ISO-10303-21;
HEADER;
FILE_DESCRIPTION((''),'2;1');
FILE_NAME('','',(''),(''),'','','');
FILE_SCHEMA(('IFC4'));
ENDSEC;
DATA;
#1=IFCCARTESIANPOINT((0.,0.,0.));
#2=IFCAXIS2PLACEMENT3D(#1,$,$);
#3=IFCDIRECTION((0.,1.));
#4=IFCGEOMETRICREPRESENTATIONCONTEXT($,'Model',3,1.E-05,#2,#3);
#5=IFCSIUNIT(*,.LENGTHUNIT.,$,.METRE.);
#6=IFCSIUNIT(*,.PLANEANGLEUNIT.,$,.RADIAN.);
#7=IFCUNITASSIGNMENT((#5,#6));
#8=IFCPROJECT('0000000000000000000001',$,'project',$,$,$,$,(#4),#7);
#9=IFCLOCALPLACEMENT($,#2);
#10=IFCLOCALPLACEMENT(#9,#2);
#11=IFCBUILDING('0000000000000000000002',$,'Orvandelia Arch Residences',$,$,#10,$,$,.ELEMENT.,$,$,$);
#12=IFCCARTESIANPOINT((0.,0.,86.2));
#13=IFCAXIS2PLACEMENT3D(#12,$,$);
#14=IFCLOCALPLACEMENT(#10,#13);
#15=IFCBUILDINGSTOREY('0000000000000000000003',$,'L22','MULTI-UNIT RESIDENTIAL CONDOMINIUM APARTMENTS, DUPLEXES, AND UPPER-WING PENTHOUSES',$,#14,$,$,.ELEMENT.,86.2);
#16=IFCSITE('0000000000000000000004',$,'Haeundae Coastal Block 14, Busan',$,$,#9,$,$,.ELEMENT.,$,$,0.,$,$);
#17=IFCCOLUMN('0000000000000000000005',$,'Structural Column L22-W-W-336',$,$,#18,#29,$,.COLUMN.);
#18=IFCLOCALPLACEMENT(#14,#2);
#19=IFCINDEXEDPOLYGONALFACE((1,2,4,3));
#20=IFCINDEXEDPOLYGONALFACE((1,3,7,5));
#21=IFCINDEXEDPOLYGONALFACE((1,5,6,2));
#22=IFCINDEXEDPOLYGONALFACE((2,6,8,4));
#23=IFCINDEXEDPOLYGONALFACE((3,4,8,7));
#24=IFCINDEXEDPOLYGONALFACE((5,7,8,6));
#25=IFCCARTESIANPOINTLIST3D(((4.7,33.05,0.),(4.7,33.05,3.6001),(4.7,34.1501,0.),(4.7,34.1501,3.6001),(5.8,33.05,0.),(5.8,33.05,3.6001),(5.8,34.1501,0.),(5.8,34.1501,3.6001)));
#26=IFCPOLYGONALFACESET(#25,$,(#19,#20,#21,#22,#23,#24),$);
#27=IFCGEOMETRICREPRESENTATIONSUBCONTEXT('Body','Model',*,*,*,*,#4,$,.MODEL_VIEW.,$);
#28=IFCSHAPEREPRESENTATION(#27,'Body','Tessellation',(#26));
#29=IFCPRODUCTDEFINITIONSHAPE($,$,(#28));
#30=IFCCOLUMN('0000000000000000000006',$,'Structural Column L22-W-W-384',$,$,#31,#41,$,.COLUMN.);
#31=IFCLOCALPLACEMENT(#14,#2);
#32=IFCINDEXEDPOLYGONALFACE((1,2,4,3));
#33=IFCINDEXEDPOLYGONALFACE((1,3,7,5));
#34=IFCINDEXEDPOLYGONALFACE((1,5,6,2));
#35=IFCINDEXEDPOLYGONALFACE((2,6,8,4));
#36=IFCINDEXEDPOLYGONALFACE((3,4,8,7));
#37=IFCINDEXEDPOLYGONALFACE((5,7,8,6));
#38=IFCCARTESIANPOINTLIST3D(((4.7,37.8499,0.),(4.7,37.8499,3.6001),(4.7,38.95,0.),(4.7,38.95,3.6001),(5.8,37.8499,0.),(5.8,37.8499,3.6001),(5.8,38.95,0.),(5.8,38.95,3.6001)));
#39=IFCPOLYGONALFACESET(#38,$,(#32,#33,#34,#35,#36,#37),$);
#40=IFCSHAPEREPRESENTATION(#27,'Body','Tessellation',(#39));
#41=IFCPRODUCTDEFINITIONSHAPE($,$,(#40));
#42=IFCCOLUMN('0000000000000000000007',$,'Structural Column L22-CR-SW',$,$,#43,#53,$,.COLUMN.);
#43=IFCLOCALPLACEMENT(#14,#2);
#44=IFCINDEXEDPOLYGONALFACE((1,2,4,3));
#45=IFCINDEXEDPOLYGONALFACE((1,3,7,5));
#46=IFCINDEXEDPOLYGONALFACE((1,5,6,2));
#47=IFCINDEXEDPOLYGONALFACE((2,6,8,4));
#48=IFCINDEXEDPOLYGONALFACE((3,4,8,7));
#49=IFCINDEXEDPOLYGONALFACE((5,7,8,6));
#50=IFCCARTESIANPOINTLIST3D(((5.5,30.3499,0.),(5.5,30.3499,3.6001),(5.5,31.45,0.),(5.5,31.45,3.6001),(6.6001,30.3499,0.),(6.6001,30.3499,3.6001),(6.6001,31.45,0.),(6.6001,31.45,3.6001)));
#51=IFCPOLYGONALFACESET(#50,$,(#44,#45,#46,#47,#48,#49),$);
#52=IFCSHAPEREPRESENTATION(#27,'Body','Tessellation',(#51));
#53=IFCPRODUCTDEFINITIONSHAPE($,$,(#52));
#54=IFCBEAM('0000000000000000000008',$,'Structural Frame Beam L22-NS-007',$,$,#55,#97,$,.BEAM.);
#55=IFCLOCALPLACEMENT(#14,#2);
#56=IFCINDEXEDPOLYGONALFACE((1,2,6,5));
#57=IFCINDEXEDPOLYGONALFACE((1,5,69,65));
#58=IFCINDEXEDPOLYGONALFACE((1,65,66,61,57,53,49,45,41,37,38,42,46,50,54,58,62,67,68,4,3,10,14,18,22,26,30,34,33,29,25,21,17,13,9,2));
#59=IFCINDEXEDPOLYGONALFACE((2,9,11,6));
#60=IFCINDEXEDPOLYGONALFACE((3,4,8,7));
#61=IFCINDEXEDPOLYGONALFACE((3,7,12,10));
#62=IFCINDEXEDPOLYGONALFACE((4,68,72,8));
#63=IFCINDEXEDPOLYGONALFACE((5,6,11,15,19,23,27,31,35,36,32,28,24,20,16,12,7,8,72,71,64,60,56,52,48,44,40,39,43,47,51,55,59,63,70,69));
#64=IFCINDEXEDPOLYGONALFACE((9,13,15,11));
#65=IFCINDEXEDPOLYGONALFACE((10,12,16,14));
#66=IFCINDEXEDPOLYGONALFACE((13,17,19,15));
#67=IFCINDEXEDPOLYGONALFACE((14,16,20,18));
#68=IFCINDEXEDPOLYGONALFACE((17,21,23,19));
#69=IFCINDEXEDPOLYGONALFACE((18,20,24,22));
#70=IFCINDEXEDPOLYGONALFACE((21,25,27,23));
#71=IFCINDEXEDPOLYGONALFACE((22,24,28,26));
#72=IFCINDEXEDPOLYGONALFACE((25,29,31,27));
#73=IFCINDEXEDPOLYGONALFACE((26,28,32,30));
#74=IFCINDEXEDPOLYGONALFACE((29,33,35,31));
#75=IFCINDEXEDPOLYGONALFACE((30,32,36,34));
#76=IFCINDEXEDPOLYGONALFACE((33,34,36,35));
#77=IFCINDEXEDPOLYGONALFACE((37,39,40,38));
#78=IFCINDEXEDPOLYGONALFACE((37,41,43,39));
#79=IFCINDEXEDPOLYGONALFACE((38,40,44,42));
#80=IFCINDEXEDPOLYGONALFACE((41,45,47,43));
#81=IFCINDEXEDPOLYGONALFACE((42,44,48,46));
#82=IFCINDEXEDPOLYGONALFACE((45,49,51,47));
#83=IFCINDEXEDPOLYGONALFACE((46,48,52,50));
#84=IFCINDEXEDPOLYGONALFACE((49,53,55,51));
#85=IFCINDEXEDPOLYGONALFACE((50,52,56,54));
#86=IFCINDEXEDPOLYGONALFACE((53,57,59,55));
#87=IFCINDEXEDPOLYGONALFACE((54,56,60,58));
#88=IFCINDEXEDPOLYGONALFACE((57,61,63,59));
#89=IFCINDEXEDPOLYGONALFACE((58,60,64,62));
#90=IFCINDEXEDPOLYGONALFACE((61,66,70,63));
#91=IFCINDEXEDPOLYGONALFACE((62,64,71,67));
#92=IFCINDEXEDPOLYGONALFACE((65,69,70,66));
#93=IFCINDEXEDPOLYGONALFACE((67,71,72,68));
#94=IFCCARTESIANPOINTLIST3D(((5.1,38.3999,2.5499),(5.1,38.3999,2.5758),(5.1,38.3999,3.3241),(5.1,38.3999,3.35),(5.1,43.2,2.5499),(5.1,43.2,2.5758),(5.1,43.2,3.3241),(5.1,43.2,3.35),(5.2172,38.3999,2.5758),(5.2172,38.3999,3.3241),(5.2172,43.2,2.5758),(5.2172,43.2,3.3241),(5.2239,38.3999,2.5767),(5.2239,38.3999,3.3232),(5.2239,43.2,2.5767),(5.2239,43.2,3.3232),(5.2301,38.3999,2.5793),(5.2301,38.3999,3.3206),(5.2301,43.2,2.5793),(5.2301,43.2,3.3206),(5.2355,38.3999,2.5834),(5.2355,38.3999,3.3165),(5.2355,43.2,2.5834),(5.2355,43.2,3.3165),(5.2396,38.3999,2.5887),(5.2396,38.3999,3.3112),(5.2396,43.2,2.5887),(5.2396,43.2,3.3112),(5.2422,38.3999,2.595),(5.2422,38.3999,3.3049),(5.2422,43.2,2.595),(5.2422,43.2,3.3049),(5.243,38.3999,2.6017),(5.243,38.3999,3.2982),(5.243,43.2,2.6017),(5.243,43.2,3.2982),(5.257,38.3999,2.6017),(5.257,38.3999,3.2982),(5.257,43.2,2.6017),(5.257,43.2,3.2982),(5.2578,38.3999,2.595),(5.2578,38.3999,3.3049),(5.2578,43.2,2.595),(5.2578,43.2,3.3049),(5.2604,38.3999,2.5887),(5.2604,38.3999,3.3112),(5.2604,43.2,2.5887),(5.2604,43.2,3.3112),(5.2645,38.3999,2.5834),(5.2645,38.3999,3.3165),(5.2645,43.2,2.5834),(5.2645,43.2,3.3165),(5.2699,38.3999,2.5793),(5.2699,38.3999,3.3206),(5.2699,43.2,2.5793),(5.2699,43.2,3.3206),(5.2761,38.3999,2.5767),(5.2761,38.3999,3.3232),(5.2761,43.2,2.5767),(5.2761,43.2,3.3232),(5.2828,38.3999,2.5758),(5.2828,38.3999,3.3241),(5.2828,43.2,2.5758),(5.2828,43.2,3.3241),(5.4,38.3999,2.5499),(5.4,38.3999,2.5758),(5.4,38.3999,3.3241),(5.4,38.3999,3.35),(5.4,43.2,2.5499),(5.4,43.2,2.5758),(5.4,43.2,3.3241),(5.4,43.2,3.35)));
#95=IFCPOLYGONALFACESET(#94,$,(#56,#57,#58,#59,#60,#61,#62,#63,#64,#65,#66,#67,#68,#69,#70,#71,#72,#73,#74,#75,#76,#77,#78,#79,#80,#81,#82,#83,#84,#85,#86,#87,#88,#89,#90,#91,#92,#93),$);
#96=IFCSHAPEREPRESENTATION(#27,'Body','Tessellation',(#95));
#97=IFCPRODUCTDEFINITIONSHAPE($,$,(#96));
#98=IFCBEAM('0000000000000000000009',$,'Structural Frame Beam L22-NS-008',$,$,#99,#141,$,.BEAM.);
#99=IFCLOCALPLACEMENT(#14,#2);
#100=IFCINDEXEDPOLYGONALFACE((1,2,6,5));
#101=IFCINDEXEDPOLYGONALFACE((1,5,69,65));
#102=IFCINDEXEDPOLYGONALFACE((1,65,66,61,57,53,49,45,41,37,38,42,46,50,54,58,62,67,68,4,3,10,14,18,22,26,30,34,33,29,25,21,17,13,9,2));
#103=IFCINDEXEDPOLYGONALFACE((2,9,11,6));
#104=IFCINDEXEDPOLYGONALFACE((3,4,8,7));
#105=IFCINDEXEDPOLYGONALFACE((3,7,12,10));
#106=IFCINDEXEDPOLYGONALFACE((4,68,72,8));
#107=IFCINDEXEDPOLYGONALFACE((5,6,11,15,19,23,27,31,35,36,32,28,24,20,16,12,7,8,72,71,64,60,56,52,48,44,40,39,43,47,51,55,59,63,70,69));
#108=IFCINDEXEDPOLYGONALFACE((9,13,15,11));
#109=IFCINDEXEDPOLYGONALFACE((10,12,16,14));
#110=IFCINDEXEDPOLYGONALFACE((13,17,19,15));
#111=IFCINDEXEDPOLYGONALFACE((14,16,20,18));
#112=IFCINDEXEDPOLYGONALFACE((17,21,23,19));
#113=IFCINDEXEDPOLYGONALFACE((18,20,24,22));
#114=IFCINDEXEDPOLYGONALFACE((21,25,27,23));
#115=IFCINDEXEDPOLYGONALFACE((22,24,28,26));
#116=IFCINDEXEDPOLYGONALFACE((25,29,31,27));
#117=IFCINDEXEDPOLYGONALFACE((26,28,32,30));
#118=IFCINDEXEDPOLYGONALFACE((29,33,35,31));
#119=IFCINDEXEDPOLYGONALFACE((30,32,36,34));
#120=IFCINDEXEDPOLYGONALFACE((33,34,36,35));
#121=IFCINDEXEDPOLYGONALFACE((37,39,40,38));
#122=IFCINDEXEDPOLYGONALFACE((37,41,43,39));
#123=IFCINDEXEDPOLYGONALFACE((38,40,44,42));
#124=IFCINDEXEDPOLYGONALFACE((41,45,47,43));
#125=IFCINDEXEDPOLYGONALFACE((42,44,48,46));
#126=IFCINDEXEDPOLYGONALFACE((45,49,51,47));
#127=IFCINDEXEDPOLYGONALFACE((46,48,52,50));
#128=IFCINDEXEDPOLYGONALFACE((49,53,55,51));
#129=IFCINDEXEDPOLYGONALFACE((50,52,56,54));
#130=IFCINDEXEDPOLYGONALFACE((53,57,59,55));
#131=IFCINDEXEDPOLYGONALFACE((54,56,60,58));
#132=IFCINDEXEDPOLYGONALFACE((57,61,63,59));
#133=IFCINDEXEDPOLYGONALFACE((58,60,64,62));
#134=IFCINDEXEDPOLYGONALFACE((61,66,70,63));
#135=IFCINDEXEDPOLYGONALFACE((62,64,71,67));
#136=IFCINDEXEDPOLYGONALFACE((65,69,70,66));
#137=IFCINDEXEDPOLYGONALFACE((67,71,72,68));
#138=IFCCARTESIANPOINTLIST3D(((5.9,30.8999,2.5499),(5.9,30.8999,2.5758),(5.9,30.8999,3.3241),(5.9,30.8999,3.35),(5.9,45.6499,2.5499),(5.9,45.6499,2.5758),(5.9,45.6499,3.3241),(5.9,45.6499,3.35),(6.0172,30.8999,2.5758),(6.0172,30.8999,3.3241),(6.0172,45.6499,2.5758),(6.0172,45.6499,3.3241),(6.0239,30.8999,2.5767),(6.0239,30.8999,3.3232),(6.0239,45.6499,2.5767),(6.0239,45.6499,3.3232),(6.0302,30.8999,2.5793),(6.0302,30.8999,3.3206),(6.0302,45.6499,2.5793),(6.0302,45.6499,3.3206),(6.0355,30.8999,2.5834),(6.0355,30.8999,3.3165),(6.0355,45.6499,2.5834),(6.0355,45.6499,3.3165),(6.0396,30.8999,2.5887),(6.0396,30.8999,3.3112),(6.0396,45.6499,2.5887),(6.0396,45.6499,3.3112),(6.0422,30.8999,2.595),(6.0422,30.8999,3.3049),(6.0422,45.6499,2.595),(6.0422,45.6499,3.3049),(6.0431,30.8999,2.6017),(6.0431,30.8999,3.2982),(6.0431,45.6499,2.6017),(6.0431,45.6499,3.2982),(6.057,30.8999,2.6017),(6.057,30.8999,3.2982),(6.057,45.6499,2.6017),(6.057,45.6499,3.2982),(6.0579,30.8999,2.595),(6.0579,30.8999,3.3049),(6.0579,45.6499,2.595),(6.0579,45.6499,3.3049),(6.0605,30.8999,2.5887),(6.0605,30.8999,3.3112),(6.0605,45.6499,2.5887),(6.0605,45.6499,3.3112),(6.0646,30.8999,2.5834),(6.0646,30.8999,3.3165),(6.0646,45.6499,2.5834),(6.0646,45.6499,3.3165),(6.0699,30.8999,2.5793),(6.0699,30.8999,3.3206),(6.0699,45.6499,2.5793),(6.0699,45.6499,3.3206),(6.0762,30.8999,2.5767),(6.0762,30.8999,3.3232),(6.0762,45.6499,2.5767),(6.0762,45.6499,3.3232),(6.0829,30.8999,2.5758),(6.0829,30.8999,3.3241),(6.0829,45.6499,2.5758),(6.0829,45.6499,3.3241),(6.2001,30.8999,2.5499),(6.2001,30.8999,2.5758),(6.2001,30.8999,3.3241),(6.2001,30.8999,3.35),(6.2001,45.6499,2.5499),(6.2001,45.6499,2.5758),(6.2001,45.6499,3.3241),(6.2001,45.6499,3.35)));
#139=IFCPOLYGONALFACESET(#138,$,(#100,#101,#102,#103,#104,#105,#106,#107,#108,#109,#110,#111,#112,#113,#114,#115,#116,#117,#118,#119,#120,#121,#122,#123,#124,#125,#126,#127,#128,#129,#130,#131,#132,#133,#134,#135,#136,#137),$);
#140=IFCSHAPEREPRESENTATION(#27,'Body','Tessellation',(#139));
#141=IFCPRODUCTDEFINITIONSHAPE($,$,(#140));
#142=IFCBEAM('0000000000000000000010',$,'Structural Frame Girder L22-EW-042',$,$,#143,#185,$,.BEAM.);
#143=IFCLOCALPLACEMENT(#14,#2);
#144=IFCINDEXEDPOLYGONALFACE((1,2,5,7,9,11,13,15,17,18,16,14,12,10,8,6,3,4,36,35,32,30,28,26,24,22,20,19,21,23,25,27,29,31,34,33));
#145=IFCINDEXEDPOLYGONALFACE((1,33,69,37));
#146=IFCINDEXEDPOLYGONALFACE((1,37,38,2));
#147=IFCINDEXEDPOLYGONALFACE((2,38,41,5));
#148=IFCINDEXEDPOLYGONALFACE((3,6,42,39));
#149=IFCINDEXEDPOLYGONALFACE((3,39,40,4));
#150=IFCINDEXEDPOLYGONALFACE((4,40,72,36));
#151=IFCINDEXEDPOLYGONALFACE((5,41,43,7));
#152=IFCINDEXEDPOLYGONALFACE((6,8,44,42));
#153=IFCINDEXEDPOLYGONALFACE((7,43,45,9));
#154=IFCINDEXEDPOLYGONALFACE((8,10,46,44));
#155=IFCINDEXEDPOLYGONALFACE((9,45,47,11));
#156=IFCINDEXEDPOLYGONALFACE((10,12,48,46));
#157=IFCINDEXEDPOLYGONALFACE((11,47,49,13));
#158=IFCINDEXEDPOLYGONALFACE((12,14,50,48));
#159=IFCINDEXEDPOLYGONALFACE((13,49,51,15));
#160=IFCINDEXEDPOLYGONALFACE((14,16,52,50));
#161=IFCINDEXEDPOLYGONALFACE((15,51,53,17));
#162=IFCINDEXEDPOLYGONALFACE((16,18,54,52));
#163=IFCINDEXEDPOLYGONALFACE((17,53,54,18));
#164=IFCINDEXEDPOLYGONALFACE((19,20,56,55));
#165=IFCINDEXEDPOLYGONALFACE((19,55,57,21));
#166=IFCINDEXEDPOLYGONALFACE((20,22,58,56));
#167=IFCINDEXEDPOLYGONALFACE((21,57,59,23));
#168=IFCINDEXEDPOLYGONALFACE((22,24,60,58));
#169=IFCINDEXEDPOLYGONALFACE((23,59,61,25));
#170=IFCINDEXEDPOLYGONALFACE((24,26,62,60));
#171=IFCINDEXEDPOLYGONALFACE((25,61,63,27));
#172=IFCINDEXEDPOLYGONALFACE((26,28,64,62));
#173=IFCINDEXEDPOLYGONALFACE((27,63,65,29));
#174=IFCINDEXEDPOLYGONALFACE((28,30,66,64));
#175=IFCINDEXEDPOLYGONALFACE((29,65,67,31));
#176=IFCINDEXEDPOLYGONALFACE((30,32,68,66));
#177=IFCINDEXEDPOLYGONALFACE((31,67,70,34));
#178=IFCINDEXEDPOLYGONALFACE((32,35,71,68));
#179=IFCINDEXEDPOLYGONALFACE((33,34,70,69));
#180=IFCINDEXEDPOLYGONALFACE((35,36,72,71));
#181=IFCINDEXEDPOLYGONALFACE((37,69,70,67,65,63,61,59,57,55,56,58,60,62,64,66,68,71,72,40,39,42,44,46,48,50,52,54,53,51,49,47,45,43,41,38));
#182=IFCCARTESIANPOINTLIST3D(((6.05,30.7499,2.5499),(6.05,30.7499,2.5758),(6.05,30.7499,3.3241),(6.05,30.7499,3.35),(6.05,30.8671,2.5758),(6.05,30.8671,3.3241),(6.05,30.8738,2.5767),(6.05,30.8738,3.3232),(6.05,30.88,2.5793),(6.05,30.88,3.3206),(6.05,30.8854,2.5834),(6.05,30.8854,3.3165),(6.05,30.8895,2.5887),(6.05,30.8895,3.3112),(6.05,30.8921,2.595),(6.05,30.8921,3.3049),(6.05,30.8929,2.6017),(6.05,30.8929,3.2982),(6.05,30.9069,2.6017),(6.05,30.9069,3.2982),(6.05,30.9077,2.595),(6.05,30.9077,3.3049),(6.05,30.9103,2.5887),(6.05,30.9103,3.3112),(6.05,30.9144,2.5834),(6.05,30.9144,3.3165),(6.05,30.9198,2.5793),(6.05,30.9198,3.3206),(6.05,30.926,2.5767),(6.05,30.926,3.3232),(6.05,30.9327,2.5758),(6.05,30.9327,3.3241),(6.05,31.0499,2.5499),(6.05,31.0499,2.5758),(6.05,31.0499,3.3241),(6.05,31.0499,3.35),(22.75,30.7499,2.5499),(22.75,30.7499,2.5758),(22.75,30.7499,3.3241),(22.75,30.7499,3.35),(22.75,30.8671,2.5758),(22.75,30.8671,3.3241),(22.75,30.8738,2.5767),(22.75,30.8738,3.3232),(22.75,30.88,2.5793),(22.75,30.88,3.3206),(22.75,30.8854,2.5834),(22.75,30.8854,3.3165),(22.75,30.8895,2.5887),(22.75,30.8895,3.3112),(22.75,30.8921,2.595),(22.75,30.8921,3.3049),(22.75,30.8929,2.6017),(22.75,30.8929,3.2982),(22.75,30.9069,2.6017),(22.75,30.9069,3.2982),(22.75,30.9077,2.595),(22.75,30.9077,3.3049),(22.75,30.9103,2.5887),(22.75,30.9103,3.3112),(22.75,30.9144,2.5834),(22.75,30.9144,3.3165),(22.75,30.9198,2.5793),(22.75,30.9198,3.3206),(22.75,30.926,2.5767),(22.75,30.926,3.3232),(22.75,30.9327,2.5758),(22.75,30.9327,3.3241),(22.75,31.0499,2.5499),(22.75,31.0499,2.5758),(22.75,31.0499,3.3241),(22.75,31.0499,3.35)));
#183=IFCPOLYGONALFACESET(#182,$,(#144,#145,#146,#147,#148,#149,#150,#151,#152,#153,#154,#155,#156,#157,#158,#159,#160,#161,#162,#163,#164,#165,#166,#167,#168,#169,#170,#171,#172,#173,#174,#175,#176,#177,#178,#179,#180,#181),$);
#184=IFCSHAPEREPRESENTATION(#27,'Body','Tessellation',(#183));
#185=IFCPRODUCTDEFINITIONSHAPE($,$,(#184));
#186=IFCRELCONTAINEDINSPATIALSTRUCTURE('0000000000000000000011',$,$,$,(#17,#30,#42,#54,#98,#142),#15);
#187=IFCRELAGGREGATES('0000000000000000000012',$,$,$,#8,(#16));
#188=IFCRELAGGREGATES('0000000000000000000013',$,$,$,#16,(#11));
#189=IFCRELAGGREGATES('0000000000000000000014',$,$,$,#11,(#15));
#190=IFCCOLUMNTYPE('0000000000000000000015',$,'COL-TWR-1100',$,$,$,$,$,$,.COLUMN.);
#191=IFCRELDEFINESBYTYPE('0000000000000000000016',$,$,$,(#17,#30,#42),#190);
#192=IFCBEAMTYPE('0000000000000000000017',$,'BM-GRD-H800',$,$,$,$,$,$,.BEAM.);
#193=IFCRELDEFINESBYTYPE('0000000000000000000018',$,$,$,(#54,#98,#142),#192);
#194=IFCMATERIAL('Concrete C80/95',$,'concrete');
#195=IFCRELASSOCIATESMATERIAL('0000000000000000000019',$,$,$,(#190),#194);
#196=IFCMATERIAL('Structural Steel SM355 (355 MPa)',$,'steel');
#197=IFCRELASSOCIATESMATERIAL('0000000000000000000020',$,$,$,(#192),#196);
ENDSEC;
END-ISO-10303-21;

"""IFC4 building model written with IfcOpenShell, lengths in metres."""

from ifc_helpers import new_model, si_unit, direction, frame, origin, origin_2d, place, context, subcontext, project, spatial, rectangle, i_section, extrude, material, material_profile, profile_set, type_object, element, save


model = new_model("IFC4")

# Units and contexts
model_context = context("Model", 3, precision=1e-05, world=origin(), true_north=direction((0.0, 1.0)))
body_context = subcontext(model_context, "Body", "Model", "MODEL_VIEW")
ifc_project = project(units=[si_unit("LENGTHUNIT", "METRE"), si_unit("PLANEANGLEUNIT", "RADIAN")], contexts=[model_context])

# Site, building, storey
site_placement = place(None, origin())
site = spatial("IfcSite", under=ifc_project, at=site_placement, Name="Haeundae Coastal Block 14, Busan", CompositionType="ELEMENT", RefElevation=0.0)
building_placement = place(site_placement, origin())
building = spatial("IfcBuilding", under=site, at=building_placement, Name="Orvandelia Arch Residences", CompositionType="ELEMENT")
storey_placement = place(building_placement, frame((0.0, 0.0, 86.2)))
storey = spatial("IfcBuildingStorey", under=building, at=storey_placement, Name="L22", Description="MULTI-UNIT RESIDENTIAL CONDOMINIUM APARTMENTS, DUPLEXES, AND UPPER-WING PENTHOUSES", CompositionType="ELEMENT", Elevation=86.2)

# Columns
ifc_material_1 = material(Name="Concrete C80/95", Category="concrete")
ifc_material_profile_1 = material_profile(ifc_material_1, rectangle(XDim=1.1001, YDim=1.1001, at=origin_2d()), Name="Concrete C80/95", Category="concrete")
ifc_profile_set_1 = profile_set([ifc_material_profile_1], Name="Concrete C80/95")
column_type = type_object("IfcColumnType", Name="COL-TWR-1100", PredefinedType="COLUMN", material=ifc_profile_set_1)
for number, where, z_axis, x_axis, name in (
    (1, (5.25, 33.6001, 0.0), (0.0, 0.0, 1.0), (1.0, 0.0, 0.0), "Structural Column L22-W-W-336"),
    (2, (5.25, 38.3999, 0.0), (0.0, 0.0, 1.0), (1.0, 0.0, 0.0), "Structural Column L22-W-W-384"),
    (3, (6.05, 30.8999, 0.0), (0.0, 0.0, 1.0), (1.0, 0.0, 0.0), "Structural Column L22-CR-SW"),
):
    element("IfcColumn", number, at=place(storey_placement, frame(where, z_axis=z_axis, x_axis=x_axis)), inside=storey, type_object=column_type, Name=name, PredefinedType="COLUMN", context=body_context, shape_type="SweptSolid", body=[
        extrude(rectangle(XDim=1.1001, YDim=1.1001, at=origin_2d()), origin(), (0.0, 0.0, 1.0), 3.6001),
    ])

# Beams
ifc_material_2 = material(Name="Structural Steel SM355 (355 MPa)", Category="steel")
ifc_material_profile_2 = material_profile(ifc_material_2, i_section(OverallWidth=0.3, OverallDepth=0.8, WebThickness=0.0139, FlangeThickness=0.0259, FilletRadius=0.0259, at=origin_2d()), Name="Structural Steel SM355 (355 MPa)", Category="steel")
ifc_profile_set_2 = profile_set([ifc_material_profile_2], Name="Structural Steel SM355 (355 MPa)")
beam_type_1 = type_object("IfcBeamType", Name="BM-GRD-H800", PredefinedType="BEAM", material=ifc_profile_set_2)
beam_1_placement = place(storey_placement, frame((5.25, 38.3999, 2.95), z_axis=(0.0, 1.0, 0.0), x_axis=(-1.0, 0.0, 0.0)))
element("IfcBeam", 4, at=beam_1_placement, inside=storey, type_object=beam_type_1, Name="Structural Frame Beam L22-NS-007", PredefinedType="BEAM", context=body_context, shape_type="SweptSolid", body=[
    extrude(i_section(OverallWidth=0.3, OverallDepth=0.8, WebThickness=0.0139, FlangeThickness=0.0259, FilletRadius=0.0259, at=origin_2d()), origin(), (0.0, 0.0, 1.0), 4.8),
])
beam_2_placement = place(storey_placement, frame((6.05, 30.8999, 2.95), z_axis=(0.0, 1.0, 0.0), x_axis=(-1.0, 0.0, 0.0)))
element("IfcBeam", 5, at=beam_2_placement, inside=storey, type_object=beam_type_1, Name="Structural Frame Beam L22-NS-008", PredefinedType="BEAM", context=body_context, shape_type="SweptSolid", body=[
    extrude(i_section(OverallWidth=0.3, OverallDepth=0.8, WebThickness=0.0139, FlangeThickness=0.0259, FilletRadius=0.0259, at=origin_2d()), origin(), (0.0, 0.0, 1.0), 14.75),
])
beam_3_placement = place(storey_placement, frame((6.05, 30.8999, 2.95), z_axis=(1.0, 0.0, 0.0), x_axis=(0.0, 1.0, 0.0)))
element("IfcBeam", 6, at=beam_3_placement, inside=storey, type_object=beam_type_1, Name="Structural Frame Girder L22-EW-042", PredefinedType="BEAM", context=body_context, shape_type="SweptSolid", body=[
    extrude(i_section(OverallWidth=0.3, OverallDepth=0.8, WebThickness=0.0139, FlangeThickness=0.0259, FilletRadius=0.0259, at=origin_2d()), origin(), (0.0, 0.0, 1.0), 16.7),
])

save(model, "model.ifc")
